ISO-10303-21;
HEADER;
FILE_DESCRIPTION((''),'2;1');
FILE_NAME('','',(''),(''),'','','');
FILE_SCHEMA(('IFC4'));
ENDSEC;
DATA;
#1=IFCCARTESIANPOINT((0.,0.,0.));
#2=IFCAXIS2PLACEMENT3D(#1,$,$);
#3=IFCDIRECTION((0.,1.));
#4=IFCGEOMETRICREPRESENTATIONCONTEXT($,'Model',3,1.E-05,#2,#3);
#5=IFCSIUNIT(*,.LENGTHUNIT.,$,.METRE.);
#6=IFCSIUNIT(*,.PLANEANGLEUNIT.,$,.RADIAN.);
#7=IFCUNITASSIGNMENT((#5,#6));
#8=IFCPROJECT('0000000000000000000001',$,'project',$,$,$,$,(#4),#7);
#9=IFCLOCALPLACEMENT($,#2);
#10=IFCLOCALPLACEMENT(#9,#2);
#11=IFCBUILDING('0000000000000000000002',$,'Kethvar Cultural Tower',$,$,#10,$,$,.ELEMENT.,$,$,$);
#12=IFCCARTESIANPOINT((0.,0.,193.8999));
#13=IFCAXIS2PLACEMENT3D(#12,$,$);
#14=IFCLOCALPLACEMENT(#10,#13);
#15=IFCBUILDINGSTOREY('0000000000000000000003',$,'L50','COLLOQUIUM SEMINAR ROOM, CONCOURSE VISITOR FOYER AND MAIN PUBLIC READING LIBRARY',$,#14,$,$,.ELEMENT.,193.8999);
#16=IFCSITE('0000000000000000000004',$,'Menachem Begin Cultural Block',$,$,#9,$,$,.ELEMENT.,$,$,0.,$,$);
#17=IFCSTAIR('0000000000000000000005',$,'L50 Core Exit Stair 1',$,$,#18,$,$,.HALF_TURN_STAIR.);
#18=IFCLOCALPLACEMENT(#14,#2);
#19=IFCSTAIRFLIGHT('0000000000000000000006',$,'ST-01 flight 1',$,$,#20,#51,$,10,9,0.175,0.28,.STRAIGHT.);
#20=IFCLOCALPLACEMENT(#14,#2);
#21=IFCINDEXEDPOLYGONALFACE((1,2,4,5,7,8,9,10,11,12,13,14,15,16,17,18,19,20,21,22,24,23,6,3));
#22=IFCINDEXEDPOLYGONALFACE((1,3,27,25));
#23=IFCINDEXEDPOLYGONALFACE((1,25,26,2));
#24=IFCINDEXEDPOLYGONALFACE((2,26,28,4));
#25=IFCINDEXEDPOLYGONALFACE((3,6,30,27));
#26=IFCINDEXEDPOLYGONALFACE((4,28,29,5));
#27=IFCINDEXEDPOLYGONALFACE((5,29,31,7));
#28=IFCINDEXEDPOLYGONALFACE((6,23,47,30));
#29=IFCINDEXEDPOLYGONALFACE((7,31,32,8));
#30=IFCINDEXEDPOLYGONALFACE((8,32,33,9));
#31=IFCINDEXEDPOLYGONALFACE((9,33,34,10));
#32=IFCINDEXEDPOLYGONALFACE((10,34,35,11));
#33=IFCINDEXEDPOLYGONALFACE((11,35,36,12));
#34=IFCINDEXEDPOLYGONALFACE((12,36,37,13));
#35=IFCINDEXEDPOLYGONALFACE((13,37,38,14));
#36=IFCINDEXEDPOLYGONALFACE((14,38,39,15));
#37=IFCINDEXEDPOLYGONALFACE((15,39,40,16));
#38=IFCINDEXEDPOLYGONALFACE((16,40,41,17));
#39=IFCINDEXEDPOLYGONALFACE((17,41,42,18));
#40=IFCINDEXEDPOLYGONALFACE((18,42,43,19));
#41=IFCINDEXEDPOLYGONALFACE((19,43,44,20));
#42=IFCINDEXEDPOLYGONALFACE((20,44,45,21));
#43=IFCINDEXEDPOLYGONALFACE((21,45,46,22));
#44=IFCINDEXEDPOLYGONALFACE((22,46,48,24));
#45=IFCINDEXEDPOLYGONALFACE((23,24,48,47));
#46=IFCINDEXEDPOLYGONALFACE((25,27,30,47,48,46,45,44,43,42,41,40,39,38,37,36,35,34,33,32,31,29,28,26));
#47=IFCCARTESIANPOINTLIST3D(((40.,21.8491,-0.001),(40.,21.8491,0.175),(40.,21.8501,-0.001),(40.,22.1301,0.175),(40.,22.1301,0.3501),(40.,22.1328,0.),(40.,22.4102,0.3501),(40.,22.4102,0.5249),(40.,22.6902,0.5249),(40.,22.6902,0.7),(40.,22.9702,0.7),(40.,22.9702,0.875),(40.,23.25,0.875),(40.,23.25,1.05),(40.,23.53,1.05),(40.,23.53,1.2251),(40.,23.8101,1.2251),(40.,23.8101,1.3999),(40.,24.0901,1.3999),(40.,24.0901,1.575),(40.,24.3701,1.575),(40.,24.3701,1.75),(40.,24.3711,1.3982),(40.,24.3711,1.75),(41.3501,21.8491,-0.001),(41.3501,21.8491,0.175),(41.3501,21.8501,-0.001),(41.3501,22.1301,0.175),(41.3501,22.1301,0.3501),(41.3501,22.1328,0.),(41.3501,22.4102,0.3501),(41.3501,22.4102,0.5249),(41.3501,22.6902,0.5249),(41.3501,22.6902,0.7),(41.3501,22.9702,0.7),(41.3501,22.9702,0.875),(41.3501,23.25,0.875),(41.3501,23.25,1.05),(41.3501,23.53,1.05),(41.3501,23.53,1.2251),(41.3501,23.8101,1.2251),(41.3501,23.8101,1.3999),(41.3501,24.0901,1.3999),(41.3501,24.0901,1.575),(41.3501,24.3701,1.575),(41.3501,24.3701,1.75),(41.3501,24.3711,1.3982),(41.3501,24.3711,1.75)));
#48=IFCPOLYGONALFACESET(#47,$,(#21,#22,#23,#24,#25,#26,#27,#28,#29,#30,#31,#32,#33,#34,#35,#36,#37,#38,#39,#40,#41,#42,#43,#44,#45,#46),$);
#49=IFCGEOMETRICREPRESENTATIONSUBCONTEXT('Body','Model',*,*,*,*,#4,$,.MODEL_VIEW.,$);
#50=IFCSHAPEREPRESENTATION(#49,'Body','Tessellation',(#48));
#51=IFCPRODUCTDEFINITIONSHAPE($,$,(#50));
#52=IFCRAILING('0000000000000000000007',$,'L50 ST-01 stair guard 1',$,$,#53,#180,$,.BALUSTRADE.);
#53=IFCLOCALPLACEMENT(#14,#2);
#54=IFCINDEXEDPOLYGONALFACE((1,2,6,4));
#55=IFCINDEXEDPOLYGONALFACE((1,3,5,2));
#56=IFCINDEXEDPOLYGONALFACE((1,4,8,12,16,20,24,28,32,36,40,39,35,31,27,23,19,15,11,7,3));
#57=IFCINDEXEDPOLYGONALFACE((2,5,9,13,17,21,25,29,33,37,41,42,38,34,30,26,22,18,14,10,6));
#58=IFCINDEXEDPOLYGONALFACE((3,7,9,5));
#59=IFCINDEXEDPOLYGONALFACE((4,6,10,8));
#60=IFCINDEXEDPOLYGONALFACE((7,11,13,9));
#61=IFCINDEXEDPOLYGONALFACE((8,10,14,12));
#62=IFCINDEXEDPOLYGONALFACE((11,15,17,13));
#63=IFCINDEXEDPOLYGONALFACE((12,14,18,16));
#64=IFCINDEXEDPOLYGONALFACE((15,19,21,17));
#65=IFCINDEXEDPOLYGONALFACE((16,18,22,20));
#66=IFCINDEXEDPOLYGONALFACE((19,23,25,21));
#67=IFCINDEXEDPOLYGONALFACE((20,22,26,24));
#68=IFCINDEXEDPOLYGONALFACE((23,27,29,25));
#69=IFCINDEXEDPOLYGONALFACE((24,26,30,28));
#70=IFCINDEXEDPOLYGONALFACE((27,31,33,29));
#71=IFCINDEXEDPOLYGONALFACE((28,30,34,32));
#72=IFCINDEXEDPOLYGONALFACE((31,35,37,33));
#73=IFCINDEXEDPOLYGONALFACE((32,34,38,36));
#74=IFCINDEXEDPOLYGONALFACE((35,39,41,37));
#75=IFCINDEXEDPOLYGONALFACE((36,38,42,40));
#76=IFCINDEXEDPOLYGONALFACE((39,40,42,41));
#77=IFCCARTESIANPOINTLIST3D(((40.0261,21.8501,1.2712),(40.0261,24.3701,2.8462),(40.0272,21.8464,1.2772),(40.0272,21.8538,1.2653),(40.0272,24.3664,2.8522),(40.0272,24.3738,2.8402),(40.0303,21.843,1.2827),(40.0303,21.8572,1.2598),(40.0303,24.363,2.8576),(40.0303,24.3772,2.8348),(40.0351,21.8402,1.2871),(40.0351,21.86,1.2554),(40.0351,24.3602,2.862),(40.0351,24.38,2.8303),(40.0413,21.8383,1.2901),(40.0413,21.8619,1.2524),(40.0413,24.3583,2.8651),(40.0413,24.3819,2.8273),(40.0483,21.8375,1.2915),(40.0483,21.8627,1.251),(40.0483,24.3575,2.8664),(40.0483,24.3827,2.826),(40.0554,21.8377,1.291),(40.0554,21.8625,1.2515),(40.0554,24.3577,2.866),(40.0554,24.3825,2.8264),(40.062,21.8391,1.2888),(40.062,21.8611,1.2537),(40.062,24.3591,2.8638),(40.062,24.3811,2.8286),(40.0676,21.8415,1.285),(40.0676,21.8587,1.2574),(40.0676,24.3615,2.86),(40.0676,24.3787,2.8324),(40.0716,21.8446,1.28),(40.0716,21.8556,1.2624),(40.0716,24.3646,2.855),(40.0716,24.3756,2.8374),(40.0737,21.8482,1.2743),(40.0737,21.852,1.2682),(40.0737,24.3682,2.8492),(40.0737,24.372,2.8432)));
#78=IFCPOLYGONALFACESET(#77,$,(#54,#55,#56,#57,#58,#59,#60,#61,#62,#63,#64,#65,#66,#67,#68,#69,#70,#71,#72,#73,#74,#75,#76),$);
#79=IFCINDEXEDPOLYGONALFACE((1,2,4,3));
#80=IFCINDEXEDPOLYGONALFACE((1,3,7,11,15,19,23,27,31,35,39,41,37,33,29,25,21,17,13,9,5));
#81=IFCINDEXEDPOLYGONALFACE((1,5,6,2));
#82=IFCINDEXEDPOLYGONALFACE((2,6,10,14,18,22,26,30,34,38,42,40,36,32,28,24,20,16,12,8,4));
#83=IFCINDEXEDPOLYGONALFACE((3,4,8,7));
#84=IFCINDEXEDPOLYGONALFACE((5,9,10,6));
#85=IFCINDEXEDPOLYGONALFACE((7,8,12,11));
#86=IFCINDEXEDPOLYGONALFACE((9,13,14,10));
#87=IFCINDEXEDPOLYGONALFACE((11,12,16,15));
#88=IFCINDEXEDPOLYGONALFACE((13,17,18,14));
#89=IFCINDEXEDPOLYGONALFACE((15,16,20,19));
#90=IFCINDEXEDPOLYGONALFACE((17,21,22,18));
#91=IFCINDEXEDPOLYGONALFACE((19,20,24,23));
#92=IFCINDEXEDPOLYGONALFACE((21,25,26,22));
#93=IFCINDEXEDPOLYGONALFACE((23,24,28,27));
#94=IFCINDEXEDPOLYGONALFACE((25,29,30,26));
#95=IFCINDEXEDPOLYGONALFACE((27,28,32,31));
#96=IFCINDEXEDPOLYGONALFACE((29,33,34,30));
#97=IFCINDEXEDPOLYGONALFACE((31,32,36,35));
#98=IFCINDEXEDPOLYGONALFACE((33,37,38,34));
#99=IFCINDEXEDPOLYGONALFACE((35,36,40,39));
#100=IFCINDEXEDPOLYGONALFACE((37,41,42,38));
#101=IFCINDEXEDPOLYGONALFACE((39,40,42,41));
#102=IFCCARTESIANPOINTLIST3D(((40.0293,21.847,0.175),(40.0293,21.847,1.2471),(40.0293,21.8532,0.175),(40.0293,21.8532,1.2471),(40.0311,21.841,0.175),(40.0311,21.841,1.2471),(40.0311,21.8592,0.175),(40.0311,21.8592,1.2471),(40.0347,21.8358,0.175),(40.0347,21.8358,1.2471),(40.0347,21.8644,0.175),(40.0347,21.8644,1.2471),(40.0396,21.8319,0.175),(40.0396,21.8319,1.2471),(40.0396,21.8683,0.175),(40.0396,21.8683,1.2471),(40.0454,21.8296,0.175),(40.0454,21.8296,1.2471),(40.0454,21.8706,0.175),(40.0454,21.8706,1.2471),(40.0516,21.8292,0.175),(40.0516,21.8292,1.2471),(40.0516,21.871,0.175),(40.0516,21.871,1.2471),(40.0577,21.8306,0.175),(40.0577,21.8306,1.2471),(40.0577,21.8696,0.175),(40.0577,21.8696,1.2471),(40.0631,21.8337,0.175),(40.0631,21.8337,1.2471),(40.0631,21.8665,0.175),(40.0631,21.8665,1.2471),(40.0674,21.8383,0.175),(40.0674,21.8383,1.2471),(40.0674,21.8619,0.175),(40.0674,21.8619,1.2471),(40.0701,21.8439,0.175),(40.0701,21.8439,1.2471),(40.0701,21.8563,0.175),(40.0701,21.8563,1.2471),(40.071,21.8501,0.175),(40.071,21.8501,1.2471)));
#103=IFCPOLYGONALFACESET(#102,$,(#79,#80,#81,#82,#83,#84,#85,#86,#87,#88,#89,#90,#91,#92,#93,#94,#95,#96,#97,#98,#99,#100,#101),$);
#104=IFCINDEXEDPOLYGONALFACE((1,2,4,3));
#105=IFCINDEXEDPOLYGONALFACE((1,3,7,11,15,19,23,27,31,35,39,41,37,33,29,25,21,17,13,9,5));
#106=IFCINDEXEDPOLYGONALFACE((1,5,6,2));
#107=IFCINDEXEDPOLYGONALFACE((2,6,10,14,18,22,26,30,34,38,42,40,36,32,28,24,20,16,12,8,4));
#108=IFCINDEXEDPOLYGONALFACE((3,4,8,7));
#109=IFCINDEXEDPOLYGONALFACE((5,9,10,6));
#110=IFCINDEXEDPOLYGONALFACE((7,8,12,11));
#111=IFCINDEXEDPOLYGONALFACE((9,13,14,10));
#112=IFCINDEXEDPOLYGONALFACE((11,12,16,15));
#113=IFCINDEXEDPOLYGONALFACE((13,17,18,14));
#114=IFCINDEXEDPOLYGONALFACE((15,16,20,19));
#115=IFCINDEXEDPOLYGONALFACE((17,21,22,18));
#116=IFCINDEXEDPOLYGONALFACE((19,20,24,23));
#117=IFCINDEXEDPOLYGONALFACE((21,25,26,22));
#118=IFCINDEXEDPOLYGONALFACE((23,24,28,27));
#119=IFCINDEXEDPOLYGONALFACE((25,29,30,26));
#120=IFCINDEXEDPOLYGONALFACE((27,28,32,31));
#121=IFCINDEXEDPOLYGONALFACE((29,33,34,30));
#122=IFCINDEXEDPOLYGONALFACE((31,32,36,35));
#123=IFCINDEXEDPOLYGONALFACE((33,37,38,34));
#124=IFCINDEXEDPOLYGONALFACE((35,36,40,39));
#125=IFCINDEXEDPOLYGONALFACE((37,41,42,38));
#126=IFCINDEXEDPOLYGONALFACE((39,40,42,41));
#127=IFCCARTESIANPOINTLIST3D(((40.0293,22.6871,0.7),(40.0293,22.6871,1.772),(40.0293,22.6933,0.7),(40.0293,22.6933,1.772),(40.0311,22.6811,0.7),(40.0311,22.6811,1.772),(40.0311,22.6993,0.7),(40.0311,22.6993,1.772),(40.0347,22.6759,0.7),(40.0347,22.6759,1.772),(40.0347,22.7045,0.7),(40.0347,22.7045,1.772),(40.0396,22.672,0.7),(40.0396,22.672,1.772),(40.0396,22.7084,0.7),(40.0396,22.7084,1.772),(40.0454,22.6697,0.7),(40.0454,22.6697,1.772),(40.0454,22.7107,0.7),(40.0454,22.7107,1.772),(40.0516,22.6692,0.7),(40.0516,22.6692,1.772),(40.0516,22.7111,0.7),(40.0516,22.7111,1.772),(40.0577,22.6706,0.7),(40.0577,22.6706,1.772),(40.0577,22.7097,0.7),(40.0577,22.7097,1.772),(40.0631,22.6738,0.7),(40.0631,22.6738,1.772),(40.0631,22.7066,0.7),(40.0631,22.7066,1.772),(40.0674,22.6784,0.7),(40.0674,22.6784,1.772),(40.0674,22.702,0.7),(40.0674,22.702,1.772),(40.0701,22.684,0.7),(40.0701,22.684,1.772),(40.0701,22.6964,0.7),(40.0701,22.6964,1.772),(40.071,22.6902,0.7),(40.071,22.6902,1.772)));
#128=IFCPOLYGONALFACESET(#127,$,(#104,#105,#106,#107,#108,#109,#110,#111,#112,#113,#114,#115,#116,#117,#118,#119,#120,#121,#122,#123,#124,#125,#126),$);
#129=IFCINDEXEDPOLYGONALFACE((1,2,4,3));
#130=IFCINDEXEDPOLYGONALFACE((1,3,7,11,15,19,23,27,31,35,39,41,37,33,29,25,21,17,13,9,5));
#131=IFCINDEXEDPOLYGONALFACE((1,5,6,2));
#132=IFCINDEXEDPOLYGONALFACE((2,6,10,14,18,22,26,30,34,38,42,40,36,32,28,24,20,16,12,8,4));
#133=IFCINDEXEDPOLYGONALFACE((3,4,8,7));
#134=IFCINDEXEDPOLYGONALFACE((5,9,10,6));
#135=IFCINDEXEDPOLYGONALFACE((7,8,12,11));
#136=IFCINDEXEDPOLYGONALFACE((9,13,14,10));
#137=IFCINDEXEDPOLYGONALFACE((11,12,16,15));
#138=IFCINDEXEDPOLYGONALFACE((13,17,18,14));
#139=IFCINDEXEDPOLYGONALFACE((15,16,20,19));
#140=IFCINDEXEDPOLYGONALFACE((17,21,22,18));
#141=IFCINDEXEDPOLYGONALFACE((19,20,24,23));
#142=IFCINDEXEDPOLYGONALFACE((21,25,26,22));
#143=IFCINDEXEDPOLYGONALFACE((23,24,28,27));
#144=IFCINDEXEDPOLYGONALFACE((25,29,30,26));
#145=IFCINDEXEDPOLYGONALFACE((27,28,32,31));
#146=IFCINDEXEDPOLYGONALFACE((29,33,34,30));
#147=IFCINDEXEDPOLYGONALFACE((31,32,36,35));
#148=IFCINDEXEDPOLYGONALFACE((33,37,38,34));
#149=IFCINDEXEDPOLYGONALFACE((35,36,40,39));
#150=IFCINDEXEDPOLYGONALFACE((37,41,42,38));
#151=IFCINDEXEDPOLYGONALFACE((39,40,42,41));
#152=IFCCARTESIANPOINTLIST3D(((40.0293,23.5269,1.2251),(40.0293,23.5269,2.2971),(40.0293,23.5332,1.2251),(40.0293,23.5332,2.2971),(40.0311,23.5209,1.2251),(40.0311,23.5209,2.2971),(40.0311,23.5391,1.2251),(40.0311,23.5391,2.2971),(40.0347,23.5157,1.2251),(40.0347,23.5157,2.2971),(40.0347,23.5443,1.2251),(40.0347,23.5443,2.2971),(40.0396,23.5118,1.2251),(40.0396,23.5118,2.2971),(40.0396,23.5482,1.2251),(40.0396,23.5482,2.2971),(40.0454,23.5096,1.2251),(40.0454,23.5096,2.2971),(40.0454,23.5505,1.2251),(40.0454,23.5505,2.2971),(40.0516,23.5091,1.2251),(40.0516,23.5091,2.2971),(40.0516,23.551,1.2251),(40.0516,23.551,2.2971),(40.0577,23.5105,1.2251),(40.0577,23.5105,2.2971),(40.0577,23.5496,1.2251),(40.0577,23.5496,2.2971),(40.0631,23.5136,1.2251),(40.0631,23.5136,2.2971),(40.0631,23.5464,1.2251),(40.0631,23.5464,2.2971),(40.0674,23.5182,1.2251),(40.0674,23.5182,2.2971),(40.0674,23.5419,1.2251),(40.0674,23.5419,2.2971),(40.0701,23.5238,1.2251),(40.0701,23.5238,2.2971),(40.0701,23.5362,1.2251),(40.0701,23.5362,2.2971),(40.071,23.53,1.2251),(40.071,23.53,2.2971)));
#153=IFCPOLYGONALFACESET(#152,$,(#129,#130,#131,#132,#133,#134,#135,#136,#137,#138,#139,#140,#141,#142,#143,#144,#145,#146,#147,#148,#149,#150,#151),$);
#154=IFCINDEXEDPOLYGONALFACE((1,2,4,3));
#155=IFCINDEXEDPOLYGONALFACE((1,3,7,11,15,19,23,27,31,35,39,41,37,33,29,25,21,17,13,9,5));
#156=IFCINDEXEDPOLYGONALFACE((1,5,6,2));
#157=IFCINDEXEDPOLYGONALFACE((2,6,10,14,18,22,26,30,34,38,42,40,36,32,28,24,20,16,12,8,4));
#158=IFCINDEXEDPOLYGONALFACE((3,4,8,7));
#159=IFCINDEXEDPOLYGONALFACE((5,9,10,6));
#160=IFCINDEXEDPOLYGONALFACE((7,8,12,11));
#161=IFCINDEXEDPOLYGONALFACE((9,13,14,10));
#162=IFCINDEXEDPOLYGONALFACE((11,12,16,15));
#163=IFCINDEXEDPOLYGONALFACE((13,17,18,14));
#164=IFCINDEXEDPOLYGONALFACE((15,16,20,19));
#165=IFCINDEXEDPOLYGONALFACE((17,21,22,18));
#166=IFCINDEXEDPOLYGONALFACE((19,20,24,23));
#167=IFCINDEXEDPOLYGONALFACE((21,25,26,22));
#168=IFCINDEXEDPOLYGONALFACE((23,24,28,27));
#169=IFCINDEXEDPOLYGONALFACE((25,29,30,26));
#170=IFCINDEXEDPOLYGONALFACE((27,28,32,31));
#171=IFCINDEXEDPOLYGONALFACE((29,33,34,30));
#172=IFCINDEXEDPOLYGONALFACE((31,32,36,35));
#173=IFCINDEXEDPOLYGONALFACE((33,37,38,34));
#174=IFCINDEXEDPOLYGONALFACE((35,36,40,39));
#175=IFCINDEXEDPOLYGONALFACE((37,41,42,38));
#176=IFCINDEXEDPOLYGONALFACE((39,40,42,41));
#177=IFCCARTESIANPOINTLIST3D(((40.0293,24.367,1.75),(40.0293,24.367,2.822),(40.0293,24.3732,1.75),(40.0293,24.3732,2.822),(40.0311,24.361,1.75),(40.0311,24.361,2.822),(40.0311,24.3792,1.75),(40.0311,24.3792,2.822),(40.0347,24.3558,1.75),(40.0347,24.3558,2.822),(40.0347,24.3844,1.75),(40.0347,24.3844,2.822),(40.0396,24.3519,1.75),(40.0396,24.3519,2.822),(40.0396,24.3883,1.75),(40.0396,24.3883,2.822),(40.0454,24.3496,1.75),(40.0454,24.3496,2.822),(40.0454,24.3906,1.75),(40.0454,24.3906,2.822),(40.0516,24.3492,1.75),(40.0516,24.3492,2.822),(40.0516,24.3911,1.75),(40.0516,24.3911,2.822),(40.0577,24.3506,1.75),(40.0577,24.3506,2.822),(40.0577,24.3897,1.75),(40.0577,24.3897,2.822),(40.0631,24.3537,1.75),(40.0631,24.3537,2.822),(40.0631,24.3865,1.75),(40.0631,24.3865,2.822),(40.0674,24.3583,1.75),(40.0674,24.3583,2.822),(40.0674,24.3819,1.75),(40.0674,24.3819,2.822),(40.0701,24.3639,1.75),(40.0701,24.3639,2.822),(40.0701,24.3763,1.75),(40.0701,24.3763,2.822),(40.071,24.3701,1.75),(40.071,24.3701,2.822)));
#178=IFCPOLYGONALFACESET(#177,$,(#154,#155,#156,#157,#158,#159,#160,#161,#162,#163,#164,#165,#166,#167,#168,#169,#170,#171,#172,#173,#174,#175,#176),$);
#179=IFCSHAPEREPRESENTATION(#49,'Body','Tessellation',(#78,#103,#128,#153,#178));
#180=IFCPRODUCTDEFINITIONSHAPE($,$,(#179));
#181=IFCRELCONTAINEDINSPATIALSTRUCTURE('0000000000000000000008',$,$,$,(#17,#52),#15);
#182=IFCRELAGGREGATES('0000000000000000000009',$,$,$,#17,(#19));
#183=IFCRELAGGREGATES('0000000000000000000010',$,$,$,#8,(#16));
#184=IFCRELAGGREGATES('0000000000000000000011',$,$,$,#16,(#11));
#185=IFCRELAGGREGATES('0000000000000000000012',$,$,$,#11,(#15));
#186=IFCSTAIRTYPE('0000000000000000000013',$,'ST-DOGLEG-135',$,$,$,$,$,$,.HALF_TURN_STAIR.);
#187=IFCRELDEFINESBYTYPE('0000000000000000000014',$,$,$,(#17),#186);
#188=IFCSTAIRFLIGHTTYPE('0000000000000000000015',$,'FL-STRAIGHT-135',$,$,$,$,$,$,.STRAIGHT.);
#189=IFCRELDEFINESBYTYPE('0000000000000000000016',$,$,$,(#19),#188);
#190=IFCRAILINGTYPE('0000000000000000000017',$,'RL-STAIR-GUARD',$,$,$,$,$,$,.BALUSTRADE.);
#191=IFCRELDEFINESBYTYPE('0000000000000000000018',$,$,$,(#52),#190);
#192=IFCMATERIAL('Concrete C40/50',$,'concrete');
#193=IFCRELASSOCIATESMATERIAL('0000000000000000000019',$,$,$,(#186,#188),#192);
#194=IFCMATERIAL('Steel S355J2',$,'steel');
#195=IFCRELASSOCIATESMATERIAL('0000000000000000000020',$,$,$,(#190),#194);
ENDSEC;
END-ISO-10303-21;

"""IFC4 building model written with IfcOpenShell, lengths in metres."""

from ifc_helpers import new_model, si_unit, direction, frame, origin, origin_2d, place, context, subcontext, project, spatial, polyline, circle, outline, extrude, material, type_object, element, aggregate, save


model = new_model("IFC4")

# Units and contexts
model_context = context("Model", 3, precision=1e-05, world=origin(), true_north=direction((0.0, 1.0)))
body_context = subcontext(model_context, "Body", "Model", "MODEL_VIEW")
ifc_project = project(units=[si_unit("LENGTHUNIT", "METRE"), si_unit("PLANEANGLEUNIT", "RADIAN")], contexts=[model_context])

# Site, building, storey
site_placement = place(None, origin())
site = spatial("IfcSite", under=ifc_project, at=site_placement, Name="Menachem Begin Cultural Block", CompositionType="ELEMENT", RefElevation=0.0)
building_placement = place(site_placement, origin())
building = spatial("IfcBuilding", under=site, at=building_placement, Name="Kethvar Cultural Tower", CompositionType="ELEMENT")
storey_placement = place(building_placement, frame((0.0, 0.0, 193.8999)))
storey = spatial("IfcBuildingStorey", under=building, at=storey_placement, Name="L50", Description="COLLOQUIUM SEMINAR ROOM, CONCOURSE VISITOR FOYER AND MAIN PUBLIC READING LIBRARY", CompositionType="ELEMENT", Elevation=193.8999)

# Shared definitions
ifc_material_1 = material(Name="Steel S355J2", Category="steel")

# Stair, stair flight
ifc_material_2 = material(Name="Concrete C40/50", Category="concrete")
stair_type = type_object("IfcStairType", Name="ST-DOGLEG-135", PredefinedType="HALF_TURN_STAIR", material=ifc_material_2)
stair_placement = place(storey_placement, origin())
stair = element("IfcStair", 1, at=stair_placement, inside=storey, type_object=stair_type, Name="L50 Core Exit Stair 1", PredefinedType="HALF_TURN_STAIR")
stair_flight_type = type_object("IfcStairFlightType", Name="FL-STRAIGHT-135", PredefinedType="STRAIGHT", material=ifc_material_2)
stair_flight_placement = place(storey_placement, frame((40.675, 21.8501, 0.0), z_axis=(0.0, 0.0, 1.0), x_axis=(0.0, 1.0, 0.0)))
stair_flight = element("IfcStairFlight", 2, at=stair_flight_placement, type_object=stair_flight_type, Name="ST-01 flight 1", NumberOfRisers=10, NumberOfTreads=9, PredefinedType="STRAIGHT", RiserHeight=0.175, TreadLength=0.28, context=body_context, shape_type="SweptSolid", body=[
    extrude(outline(polyline([(-0.001, -0.001), (-0.001, 0.175), (0.28, 0.175), (0.28, 0.3501), (0.5601, 0.3501), (0.5601, 0.5249), (0.8401, 0.5249), (0.8401, 0.7), (1.1201, 0.7), (1.1201, 0.875), (1.3999, 0.875), (1.3999, 1.05), (1.6799, 1.05), (1.6799, 1.2251), (1.96, 1.2251), (1.96, 1.3999), (2.24, 1.3999), (2.24, 1.575), (2.52, 1.575), (2.52, 1.75), (2.521, 1.75), (2.521, 1.3982), (0.2827, 0.0), (0.0, -0.001), (-0.001, -0.001)])), frame((0.0, 0.675, 0.0), z_axis=(0.0, -1.0, 0.0), x_axis=(1.0, 0.0, 0.0)), (0.0, 0.0, 1.0), 1.3501),
])
aggregate(stair, [stair_flight])

# Railing
railing_type_1 = type_object("IfcRailingType", Name="RL-STAIR-GUARD", PredefinedType="BALUSTRADE", material=ifc_material_1)
railing_1_placement = place(storey_placement, frame((40.05, 21.8501, 0.175)))
element("IfcRailing", 3, at=railing_1_placement, inside=storey, type_object=railing_type_1, Name="L50 ST-01 stair guard 1", PredefinedType="BALUSTRADE", context=body_context, shape_type="SweptSolid", body=[
    extrude(circle(Radius=0.0239, at=origin_2d()), frame((0.0, 0.0, 1.0962), z_axis=(0.0, 0.848008, 0.529984), x_axis=(-1.0, 0.0, 0.0)), (0.0, 0.0, 1.0), 2.9717),
    extrude(circle(Radius=0.021, at=origin_2d()), origin(), (0.0, 0.0, 1.0), 1.072),
    extrude(circle(Radius=0.021, at=origin_2d()), frame((0.0, 0.8401, 0.5249)), (0.0, 0.0, 1.0), 1.072),
    extrude(circle(Radius=0.021, at=origin_2d()), frame((0.0, 1.6799, 1.05)), (0.0, 0.0, 1.0), 1.072),
    extrude(circle(Radius=0.021, at=origin_2d()), frame((0.0, 2.52, 1.575)), (0.0, 0.0, 1.0), 1.072),
])

save(model, "model.ifc")
